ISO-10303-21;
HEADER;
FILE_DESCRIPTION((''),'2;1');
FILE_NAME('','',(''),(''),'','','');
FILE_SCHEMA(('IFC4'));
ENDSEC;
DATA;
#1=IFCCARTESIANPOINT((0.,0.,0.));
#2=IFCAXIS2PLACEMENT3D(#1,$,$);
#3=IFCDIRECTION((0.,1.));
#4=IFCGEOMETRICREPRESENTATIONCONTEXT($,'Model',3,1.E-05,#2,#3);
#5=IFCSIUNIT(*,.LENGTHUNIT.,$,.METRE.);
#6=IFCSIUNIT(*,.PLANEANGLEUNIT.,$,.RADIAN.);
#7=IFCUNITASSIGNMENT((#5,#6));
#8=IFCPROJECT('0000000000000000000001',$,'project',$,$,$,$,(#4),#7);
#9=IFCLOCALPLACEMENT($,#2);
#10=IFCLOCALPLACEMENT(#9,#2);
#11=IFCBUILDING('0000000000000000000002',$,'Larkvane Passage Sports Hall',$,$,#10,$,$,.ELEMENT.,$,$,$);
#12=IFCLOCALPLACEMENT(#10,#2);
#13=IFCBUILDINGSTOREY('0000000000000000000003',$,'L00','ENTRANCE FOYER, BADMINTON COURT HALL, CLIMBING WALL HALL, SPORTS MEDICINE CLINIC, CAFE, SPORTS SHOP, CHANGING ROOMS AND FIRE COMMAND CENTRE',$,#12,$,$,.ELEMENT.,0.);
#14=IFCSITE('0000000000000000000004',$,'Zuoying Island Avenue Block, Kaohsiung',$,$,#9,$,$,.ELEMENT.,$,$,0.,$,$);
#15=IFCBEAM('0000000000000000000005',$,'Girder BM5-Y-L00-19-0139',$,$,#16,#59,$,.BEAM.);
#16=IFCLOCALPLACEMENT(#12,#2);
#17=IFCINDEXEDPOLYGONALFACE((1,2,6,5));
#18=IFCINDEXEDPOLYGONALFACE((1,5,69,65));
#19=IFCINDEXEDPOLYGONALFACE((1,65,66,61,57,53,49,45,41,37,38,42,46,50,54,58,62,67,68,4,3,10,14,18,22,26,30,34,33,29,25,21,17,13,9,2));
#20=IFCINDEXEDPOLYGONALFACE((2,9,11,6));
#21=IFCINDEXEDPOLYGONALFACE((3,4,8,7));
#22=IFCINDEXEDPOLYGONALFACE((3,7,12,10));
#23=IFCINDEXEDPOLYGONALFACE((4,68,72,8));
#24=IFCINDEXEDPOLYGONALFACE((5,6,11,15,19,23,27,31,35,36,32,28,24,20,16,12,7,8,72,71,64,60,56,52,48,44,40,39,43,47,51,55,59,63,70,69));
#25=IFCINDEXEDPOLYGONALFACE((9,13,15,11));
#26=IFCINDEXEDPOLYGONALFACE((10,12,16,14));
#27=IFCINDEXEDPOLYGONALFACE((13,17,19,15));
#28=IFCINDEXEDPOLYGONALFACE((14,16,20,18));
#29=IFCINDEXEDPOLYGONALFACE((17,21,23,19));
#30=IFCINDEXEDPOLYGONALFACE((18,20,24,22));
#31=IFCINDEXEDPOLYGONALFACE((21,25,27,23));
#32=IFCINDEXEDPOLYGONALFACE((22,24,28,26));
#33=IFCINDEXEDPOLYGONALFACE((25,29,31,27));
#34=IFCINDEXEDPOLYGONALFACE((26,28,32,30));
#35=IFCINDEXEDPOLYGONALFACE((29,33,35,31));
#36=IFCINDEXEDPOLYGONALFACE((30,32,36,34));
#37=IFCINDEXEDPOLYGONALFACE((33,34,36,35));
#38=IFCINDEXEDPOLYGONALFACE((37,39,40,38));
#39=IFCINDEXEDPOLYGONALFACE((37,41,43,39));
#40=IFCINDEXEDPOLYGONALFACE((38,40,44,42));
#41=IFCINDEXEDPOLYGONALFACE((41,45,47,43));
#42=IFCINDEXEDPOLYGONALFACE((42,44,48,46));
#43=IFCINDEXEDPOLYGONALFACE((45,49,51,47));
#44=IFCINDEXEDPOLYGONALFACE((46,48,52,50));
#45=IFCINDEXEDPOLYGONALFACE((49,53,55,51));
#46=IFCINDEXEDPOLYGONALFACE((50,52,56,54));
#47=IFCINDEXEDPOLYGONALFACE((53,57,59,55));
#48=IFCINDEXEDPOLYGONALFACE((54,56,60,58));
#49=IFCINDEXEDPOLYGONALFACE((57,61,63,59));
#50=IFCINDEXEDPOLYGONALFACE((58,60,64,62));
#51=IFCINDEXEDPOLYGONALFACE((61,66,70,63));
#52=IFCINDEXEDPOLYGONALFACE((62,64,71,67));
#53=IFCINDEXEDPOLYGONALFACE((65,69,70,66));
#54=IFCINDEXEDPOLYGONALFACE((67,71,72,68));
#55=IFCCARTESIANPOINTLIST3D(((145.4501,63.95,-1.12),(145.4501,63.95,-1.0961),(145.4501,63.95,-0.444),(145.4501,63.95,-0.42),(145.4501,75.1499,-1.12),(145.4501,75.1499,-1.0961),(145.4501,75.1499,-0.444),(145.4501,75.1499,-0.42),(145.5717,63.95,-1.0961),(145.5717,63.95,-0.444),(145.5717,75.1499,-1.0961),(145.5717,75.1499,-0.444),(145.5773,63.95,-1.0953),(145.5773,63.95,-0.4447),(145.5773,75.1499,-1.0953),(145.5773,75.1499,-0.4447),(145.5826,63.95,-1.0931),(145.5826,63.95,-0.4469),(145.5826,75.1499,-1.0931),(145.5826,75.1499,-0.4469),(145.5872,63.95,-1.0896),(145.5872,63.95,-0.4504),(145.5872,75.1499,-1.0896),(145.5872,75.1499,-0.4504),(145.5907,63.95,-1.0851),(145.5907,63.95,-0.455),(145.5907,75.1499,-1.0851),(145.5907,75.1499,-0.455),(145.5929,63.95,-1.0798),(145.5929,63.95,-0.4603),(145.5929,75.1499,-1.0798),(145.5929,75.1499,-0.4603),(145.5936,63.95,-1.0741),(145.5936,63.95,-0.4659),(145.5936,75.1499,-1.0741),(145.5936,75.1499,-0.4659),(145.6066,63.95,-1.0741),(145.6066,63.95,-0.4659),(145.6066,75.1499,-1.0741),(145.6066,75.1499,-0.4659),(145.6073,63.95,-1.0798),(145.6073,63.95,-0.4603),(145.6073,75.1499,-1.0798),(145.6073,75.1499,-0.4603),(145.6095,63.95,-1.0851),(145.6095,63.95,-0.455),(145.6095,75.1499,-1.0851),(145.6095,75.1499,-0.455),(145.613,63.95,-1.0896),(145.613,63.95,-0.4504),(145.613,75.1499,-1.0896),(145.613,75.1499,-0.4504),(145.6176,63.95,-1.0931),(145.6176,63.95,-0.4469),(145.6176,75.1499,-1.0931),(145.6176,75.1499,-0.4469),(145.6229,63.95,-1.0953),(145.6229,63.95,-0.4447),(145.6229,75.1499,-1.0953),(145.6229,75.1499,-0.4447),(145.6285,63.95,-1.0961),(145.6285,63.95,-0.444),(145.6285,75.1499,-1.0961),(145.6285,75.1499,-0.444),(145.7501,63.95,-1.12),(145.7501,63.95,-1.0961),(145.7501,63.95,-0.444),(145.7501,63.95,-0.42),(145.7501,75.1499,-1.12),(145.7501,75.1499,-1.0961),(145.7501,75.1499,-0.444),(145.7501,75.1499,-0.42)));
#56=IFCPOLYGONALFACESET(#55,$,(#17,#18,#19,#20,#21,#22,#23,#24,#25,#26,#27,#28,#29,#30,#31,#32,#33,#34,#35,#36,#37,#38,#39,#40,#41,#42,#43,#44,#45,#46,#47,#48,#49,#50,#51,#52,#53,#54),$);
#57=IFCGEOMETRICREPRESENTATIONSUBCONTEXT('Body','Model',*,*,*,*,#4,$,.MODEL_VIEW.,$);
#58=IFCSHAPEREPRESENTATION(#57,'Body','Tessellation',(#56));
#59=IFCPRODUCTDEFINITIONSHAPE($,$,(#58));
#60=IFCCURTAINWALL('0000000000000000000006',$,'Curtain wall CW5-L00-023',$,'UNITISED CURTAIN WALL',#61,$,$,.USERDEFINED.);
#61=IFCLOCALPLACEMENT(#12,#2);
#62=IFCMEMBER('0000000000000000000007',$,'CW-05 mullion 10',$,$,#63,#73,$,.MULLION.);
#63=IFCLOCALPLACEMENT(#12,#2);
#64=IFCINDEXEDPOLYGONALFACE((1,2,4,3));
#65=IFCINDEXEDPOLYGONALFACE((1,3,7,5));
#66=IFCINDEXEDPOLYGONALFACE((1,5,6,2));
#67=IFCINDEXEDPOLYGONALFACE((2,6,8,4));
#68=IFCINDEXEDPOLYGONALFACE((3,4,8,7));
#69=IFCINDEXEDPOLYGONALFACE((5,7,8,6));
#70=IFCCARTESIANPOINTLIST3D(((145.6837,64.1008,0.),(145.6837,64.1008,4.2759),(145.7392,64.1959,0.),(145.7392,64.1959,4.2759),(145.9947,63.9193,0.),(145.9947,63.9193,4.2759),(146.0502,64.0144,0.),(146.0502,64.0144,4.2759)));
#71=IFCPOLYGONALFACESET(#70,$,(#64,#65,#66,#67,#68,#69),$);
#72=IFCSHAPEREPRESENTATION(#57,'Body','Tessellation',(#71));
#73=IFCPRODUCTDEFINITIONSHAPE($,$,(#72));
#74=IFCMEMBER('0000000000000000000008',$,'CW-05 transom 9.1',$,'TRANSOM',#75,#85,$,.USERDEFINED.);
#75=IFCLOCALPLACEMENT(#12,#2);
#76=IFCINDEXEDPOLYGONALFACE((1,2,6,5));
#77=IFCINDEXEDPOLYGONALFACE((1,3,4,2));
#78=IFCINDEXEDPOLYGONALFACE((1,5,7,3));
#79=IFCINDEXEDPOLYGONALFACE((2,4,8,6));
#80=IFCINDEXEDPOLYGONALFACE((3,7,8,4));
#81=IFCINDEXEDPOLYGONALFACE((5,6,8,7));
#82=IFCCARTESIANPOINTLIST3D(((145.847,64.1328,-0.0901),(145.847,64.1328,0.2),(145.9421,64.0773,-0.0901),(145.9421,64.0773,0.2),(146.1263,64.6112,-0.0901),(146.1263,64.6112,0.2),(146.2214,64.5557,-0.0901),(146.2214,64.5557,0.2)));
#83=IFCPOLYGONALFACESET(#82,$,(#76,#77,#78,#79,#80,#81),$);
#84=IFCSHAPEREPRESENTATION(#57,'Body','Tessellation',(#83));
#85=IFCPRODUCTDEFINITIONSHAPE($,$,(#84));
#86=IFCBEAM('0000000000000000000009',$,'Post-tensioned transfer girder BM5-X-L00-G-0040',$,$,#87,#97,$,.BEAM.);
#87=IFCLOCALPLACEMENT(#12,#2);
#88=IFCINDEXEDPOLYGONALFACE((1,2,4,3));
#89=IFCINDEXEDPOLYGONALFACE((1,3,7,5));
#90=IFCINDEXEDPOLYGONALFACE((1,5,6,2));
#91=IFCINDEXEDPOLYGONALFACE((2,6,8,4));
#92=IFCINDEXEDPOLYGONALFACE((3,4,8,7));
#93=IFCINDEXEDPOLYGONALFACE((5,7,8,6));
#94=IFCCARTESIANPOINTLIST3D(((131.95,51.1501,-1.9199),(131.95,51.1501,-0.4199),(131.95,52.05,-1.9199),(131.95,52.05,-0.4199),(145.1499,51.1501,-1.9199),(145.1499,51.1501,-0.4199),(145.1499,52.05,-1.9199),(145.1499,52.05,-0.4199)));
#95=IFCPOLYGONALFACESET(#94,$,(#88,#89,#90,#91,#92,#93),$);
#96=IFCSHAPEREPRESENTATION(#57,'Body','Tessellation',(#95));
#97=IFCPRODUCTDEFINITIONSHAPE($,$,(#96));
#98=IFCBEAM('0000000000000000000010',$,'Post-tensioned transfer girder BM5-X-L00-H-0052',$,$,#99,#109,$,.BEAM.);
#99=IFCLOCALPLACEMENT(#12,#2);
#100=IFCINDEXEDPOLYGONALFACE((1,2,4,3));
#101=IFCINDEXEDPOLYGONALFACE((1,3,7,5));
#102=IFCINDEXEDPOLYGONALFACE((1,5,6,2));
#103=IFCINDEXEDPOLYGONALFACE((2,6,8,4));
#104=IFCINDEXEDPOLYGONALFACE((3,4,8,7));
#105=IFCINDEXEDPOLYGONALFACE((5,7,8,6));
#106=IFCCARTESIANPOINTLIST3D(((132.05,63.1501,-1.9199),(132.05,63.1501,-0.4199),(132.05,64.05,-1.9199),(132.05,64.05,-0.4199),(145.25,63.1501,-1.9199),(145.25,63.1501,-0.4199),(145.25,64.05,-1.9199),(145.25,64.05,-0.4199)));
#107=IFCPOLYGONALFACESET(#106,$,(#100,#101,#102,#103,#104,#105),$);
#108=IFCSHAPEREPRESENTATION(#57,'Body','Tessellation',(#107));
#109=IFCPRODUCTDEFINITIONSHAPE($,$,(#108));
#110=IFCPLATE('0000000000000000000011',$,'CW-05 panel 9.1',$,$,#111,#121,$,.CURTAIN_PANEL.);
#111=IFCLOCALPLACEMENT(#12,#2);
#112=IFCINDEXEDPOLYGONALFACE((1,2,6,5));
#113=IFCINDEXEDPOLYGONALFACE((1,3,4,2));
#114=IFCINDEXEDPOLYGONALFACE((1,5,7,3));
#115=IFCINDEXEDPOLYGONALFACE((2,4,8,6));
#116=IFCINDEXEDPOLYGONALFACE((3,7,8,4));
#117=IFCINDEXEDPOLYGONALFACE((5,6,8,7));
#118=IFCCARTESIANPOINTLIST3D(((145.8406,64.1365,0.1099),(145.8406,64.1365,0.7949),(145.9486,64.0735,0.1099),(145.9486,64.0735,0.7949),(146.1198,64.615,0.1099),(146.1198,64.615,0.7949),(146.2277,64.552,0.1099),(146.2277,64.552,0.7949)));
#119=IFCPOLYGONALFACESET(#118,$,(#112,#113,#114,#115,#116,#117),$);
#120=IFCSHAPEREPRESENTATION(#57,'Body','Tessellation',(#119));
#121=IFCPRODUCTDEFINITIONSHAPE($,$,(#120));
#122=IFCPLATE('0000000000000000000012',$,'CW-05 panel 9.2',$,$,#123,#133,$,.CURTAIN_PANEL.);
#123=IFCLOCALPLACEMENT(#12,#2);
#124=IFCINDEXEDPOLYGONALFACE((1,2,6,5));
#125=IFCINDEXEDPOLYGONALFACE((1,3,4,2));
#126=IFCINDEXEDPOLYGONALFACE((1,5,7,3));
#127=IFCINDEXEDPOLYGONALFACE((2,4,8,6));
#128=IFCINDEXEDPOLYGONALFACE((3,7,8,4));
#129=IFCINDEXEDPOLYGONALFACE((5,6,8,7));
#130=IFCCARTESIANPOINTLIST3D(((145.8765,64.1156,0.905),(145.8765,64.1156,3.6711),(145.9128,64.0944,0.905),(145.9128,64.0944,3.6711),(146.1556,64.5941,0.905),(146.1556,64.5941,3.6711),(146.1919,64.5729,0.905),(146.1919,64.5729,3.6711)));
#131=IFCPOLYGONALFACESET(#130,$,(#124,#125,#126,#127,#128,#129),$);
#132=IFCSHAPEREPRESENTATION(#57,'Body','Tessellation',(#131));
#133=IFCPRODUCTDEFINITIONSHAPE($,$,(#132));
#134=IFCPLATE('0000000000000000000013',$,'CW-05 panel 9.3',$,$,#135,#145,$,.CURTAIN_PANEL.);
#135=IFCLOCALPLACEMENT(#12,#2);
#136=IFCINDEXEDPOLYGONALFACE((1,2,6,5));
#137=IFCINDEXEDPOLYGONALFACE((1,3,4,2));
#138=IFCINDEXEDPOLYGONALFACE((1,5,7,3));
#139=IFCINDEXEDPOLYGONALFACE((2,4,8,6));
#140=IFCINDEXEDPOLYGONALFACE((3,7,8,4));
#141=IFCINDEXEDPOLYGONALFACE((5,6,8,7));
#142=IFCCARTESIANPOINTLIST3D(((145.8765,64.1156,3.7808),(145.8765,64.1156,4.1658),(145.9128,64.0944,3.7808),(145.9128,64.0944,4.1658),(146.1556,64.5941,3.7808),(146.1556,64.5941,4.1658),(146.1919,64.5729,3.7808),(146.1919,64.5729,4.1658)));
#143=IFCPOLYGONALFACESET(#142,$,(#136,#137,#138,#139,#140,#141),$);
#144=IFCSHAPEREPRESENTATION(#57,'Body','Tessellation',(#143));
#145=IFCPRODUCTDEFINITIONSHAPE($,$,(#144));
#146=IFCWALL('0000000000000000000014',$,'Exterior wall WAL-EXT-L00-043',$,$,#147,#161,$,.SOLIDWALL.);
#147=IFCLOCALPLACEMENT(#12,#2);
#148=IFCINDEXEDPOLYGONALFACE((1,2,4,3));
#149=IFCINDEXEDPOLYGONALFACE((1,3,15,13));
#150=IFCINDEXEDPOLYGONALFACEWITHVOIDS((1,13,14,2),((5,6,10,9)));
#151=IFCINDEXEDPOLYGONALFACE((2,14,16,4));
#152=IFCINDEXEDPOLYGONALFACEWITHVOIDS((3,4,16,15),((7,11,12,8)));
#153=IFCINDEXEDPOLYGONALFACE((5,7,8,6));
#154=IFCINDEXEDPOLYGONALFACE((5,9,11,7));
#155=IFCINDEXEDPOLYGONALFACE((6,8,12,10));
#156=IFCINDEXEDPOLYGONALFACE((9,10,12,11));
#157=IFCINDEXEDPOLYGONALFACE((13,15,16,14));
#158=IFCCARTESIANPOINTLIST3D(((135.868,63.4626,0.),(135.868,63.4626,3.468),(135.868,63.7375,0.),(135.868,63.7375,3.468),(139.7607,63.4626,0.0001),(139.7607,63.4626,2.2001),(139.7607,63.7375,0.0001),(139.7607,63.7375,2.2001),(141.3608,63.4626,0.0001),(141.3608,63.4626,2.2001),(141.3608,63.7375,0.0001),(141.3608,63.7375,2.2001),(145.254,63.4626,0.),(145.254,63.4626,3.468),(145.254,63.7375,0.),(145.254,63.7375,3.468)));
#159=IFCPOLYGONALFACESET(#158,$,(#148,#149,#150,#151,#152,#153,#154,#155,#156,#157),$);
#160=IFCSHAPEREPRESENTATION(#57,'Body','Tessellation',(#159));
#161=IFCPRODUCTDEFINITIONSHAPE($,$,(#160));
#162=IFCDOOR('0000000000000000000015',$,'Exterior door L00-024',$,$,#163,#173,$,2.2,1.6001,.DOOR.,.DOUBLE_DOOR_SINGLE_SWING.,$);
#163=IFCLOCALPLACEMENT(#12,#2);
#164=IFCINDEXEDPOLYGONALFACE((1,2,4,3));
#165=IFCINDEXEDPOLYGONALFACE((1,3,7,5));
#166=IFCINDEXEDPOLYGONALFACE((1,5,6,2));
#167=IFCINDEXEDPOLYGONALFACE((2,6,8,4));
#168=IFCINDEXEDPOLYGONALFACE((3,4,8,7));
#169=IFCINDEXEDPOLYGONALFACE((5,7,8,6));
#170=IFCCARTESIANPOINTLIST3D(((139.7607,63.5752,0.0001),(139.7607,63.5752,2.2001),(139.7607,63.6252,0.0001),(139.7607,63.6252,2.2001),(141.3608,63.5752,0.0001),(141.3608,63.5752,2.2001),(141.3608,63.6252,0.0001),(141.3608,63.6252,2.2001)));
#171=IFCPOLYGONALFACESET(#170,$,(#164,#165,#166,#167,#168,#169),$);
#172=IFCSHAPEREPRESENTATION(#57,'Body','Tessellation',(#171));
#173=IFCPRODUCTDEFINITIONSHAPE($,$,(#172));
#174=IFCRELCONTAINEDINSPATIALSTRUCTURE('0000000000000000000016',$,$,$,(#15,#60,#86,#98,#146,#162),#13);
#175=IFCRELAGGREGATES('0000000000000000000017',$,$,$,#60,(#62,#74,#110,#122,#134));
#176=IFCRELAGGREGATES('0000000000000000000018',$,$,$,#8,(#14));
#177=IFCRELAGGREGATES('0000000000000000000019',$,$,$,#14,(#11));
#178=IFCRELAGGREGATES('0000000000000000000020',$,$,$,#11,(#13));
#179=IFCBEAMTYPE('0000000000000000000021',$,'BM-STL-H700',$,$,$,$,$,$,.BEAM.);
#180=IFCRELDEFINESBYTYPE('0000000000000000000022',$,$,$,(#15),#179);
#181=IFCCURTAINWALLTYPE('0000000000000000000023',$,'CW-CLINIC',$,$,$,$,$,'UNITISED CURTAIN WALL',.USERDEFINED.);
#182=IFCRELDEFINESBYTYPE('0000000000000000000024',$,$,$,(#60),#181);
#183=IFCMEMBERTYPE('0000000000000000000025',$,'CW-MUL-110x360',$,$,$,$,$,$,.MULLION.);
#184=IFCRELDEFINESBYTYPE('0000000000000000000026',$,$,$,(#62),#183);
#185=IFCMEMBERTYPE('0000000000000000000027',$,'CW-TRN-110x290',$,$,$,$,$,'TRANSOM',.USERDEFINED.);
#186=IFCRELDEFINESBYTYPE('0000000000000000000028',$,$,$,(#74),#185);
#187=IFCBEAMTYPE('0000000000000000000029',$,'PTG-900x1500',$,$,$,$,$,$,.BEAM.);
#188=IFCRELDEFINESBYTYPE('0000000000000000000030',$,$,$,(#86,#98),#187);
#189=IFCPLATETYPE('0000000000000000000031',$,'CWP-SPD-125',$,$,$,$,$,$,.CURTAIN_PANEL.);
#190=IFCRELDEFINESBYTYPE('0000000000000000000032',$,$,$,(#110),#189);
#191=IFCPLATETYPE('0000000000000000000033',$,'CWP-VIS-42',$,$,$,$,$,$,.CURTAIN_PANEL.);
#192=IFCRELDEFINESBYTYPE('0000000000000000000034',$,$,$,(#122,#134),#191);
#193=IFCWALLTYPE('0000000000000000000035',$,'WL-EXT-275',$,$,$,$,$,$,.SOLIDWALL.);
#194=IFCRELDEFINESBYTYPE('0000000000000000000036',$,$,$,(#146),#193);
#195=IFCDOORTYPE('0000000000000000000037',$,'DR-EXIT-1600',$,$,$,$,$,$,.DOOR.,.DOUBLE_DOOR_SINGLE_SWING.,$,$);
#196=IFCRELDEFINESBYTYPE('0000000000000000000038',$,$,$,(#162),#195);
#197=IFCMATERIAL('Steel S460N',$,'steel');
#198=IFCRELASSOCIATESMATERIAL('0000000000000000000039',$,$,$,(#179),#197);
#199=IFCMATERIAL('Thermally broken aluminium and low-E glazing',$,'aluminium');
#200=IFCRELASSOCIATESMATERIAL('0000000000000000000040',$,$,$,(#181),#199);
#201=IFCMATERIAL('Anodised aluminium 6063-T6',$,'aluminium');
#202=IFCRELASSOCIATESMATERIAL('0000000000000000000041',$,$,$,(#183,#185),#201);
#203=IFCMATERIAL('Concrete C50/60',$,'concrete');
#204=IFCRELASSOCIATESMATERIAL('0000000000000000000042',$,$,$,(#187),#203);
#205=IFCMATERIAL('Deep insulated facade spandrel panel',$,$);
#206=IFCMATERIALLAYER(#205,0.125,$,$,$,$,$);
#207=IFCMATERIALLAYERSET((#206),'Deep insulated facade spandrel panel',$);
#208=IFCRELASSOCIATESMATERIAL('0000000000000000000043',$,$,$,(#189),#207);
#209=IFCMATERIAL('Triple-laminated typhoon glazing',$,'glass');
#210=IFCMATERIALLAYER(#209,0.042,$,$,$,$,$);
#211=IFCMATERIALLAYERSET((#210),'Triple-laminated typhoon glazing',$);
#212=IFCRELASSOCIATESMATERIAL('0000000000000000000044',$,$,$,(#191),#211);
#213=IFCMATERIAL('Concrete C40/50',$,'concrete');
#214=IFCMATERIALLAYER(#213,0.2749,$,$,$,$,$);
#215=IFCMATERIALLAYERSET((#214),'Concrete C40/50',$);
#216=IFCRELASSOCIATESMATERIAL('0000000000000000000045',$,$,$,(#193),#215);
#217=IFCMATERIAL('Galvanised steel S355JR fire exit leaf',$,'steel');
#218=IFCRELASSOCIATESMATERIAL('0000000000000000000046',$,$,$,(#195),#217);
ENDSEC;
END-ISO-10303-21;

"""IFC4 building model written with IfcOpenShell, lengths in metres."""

from ifc_helpers import new_model, si_unit, direction, frame, frame_2d, origin, origin_2d, place, context, subcontext, project, spatial, rectangle, i_section, extrude, material, layer, layer_set, material_profile, profile_set, type_object, element, fill, aggregate, save


model = new_model("IFC4")

# Units and contexts
model_context = context("Model", 3, precision=1e-05, world=origin(), true_north=direction((0.0, 1.0)))
body_context = subcontext(model_context, "Body", "Model", "MODEL_VIEW")
ifc_project = project(units=[si_unit("LENGTHUNIT", "METRE"), si_unit("PLANEANGLEUNIT", "RADIAN")], contexts=[model_context])

# Site, building, storey
site_placement = place(None, origin())
site = spatial("IfcSite", under=ifc_project, at=site_placement, Name="Zuoying Island Avenue Block, Kaohsiung", CompositionType="ELEMENT", RefElevation=0.0)
building_placement = place(site_placement, origin())
building = spatial("IfcBuilding", under=site, at=building_placement, Name="Larkvane Passage Sports Hall", CompositionType="ELEMENT")
storey_placement = place(building_placement, origin())
storey = spatial("IfcBuildingStorey", under=building, at=storey_placement, Name="L00", Description="ENTRANCE FOYER, BADMINTON COURT HALL, CLIMBING WALL HALL, SPORTS MEDICINE CLINIC, CAFE, SPORTS SHOP, CHANGING ROOMS AND FIRE COMMAND CENTRE", CompositionType="ELEMENT", Elevation=0.0)

# Shared definitions
ifc_material_1 = material(Name="Steel S460N", Category="steel")

# Beam
ifc_material_profile_1 = material_profile(ifc_material_1, i_section(OverallWidth=0.3, OverallDepth=0.7, WebThickness=0.0129, FlangeThickness=0.0239, FilletRadius=0.022, at=origin_2d()), Name="H-700x300x13x24")
ifc_profile_set_1 = profile_set([ifc_material_profile_1], Name="Steel S460N")
beam_type_1 = type_object("IfcBeamType", Name="BM-STL-H700", PredefinedType="BEAM", material=ifc_profile_set_1)
beam_1_placement = place(storey_placement, frame((145.6001, 63.95, -0.77), z_axis=(0.0, 1.0, 0.0), x_axis=(-1.0, 0.0, 0.0)))
element("IfcBeam", 1, at=beam_1_placement, inside=storey, type_object=beam_type_1, Name="Girder BM5-Y-L00-19-0139", PredefinedType="BEAM", context=body_context, shape_type="SweptSolid", body=[
    extrude(i_section(OverallWidth=0.3, OverallDepth=0.7, WebThickness=0.0129, FlangeThickness=0.0239, FilletRadius=0.022, at=origin_2d()), origin(), (0.0, 0.0, 1.0), 11.2),
])

# Curtain wall, members
ifc_material_2 = material(Name="Thermally broken aluminium and low-E glazing", Category="aluminium")
curtain_wall_type = type_object("IfcCurtainWallType", Name="CW-CLINIC", ElementType="UNITISED CURTAIN WALL", PredefinedType="USERDEFINED", material=ifc_material_2)
curtain_wall_placement = place(storey_placement, origin())
curtain_wall = element("IfcCurtainWall", 2, at=curtain_wall_placement, inside=storey, type_object=curtain_wall_type, Name="Curtain wall CW5-L00-023", ObjectType="UNITISED CURTAIN WALL", PredefinedType="USERDEFINED")
ifc_material_3 = material(Name="Anodised aluminium 6063-T6", Category="aluminium")
ifc_material_profile_2 = material_profile(ifc_material_3, rectangle(XDim=0.1101, YDim=0.3601, at=origin_2d()), Name="ALU-MUL-110x360")
ifc_profile_set_2 = profile_set([ifc_material_profile_2], Name="Anodised aluminium 6063-T6")
member_type_1 = type_object("IfcMemberType", Name="CW-MUL-110x360", PredefinedType="MULLION", material=ifc_profile_set_2)
member_1_placement = place(storey_placement, frame((145.8669, 64.0576, 0.0), z_axis=(0.0, 0.0, 1.0), x_axis=(-0.503867, -0.863781, 0.0)))
member_1 = element("IfcMember", 3, at=member_1_placement, type_object=member_type_1, Name="CW-05 mullion 10", PredefinedType="MULLION", context=body_context, shape_type="SweptSolid", body=[
    extrude(rectangle(XDim=0.1101, YDim=0.3601, at=origin_2d()), origin(), (0.0, 0.0, 1.0), 4.2759),
])
ifc_material_profile_3 = material_profile(ifc_material_3, rectangle(XDim=0.1101, YDim=0.29, at=origin_2d()), Name="ALU-TRN-110x290")
ifc_profile_set_3 = profile_set([ifc_material_profile_3], Name="Anodised aluminium 6063-T6")
member_type_2 = type_object("IfcMemberType", Name="CW-TRN-110x290", ElementType="TRANSOM", PredefinedType="USERDEFINED", material=ifc_profile_set_3)
member_2_placement = place(storey_placement, frame((146.1738, 64.5835, 0.0549), z_axis=(-0.50409, -0.863651, 0.0), x_axis=(0.863651, -0.50409, 0.0)))
member_2 = element("IfcMember", 4, at=member_2_placement, type_object=member_type_2, Name="CW-05 transom 9.1", ObjectType="TRANSOM", PredefinedType="USERDEFINED", context=body_context, shape_type="SweptSolid", body=[
    extrude(rectangle(XDim=0.1101, YDim=0.29, at=origin_2d()), origin(), (0.0, 0.0, 1.0), 0.554),
])

# Beams
ifc_material_4 = material(Name="Concrete C50/60", Category="concrete")
ifc_material_profile_4 = material_profile(ifc_material_4, rectangle(XDim=0.8999, YDim=1.5, at=origin_2d()), Name="PT-GIR-900x1500")
ifc_profile_set_4 = profile_set([ifc_material_profile_4], Name="Concrete C50/60")
beam_type_2 = type_object("IfcBeamType", Name="PTG-900x1500", PredefinedType="BEAM", material=ifc_profile_set_4)
for number, where, z_axis, x_axis, name in (
    (5, (131.95, 51.6001, -1.1699), (1.0, 0.0, 0.0), (0.0, 1.0, 0.0), "Post-tensioned transfer girder BM5-X-L00-G-0040"),
    (6, (132.05, 63.6001, -1.1699), (1.0, 0.0, 0.0), (0.0, 1.0, 0.0), "Post-tensioned transfer girder BM5-X-L00-H-0052"),
):
    element("IfcBeam", number, at=place(storey_placement, frame(where, z_axis=z_axis, x_axis=x_axis)), inside=storey, type_object=beam_type_2, Name=name, PredefinedType="BEAM", context=body_context, shape_type="SweptSolid", body=[
        extrude(rectangle(XDim=0.8999, YDim=1.5, at=origin_2d()), origin(), (0.0, 0.0, 1.0), 13.2),
    ])

# Plates
ifc_material_5 = material(Name="Deep insulated facade spandrel panel")
ifc_layer_1 = layer(ifc_material_5, 0.125)
ifc_layer_set_1 = layer_set([ifc_layer_1], Name="Deep insulated facade spandrel panel")
plate_type_1 = type_object("IfcPlateType", Name="CWP-SPD-125", PredefinedType="CURTAIN_PANEL", material=ifc_layer_set_1)
plate_1_placement = place(storey_placement, frame((146.0342, 64.3442, 0.1099), z_axis=(0.0, 0.0, 1.0), x_axis=(-0.503867, -0.863781, 0.0)))
plate_1 = element("IfcPlate", 7, at=plate_1_placement, type_object=plate_type_1, Name="CW-05 panel 9.1", PredefinedType="CURTAIN_PANEL", context=body_context, shape_type="SweptSolid", body=[
    extrude(rectangle(XDim=0.554, YDim=0.125, at=origin_2d()), origin(), (0.0, 0.0, 1.0), 0.6851),
])
ifc_material_6 = material(Name="Triple-laminated typhoon glazing", Category="glass")
ifc_layer_2 = layer(ifc_material_6, 0.042)
ifc_layer_set_2 = layer_set([ifc_layer_2], Name="Triple-laminated typhoon glazing")
plate_type_2 = type_object("IfcPlateType", Name="CWP-VIS-42", PredefinedType="CURTAIN_PANEL", material=ifc_layer_set_2)
plate_2_placement = place(storey_placement, frame((146.0342, 64.3442, 0.905), z_axis=(0.0, 0.0, 1.0), x_axis=(-0.503867, -0.863781, 0.0)))
plate_2 = element("IfcPlate", 8, at=plate_2_placement, type_object=plate_type_2, Name="CW-05 panel 9.2", PredefinedType="CURTAIN_PANEL", context=body_context, shape_type="SweptSolid", body=[
    extrude(rectangle(XDim=0.554, YDim=0.042, at=origin_2d()), origin(), (0.0, 0.0, 1.0), 2.7661),
])
plate_3_placement = place(storey_placement, frame((146.0342, 64.3442, 3.7808), z_axis=(0.0, 0.0, 1.0), x_axis=(-0.503867, -0.863781, 0.0)))
plate_3 = element("IfcPlate", 9, at=plate_3_placement, type_object=plate_type_2, Name="CW-05 panel 9.3", PredefinedType="CURTAIN_PANEL", context=body_context, shape_type="SweptSolid", body=[
    extrude(rectangle(XDim=0.554, YDim=0.042, at=origin_2d()), origin(), (0.0, 0.0, 1.0), 0.385),
])
aggregate(curtain_wall, [member_1, member_2, plate_1, plate_2, plate_3])

# Wall, opening, door
ifc_material_7 = material(Name="Concrete C40/50", Category="concrete")
ifc_layer_3 = layer(ifc_material_7, 0.2749)
ifc_layer_set_3 = layer_set([ifc_layer_3], Name="Concrete C40/50")
wall_type_1 = type_object("IfcWallType", Name="WL-EXT-275", PredefinedType="SOLIDWALL", material=ifc_layer_set_3)
wall_1_placement = place(storey_placement, frame((145.2539, 63.6001, 0.0), z_axis=(0.0, 0.0, 1.0), x_axis=(-1.0, 0.0, 0.0)))
wall_1 = element("IfcWall", 10, at=wall_1_placement, inside=storey, type_object=wall_type_1, Name="Exterior wall WAL-EXT-L00-043", PredefinedType="SOLIDWALL", context=body_context, shape_type="SweptSolid", body=[
    extrude(rectangle(XDim=9.386, YDim=0.2749, at=frame_2d((4.6929, 0.0))), origin(), (0.0, 0.0, 1.0), 3.468),
])
opening_1_placement = place(wall_1_placement, frame((3.8931, 0.0, 0.0)))
opening_1 = element("IfcOpeningElement", 11, at=opening_1_placement, cuts=wall_1, PredefinedType="OPENING", context=body_context, shape_type="SweptSolid", body=[
    extrude(rectangle(XDim=1.6001, YDim=2.2, at=frame_2d((0.8, 1.1001))), frame((0.0, 0.1475, 0.0), z_axis=(0.0, -1.0, 0.0), x_axis=(1.0, 0.0, 0.0)), (0.0, 0.0, 1.0), 0.2949),
])
ifc_material_8 = material(Name="Galvanised steel S355JR fire exit leaf", Category="steel")
door_type_1 = type_object("IfcDoorType", Name="DR-EXIT-1600", OperationType="DOUBLE_DOOR_SINGLE_SWING", PredefinedType="DOOR", material=ifc_material_8)
door_1_placement = place(opening_1_placement, origin())
door_1 = element("IfcDoor", 12, at=door_1_placement, inside=storey, type_object=door_type_1, Name="Exterior door L00-024", OperationType="DOUBLE_DOOR_SINGLE_SWING", OverallHeight=2.2, OverallWidth=1.6001, PredefinedType="DOOR", context=body_context, shape_type="SweptSolid", body=[
    extrude(rectangle(XDim=1.6001, YDim=2.2, at=frame_2d((0.8, 1.1001))), frame((0.0, 0.0249, 0.0), z_axis=(0.0, -1.0, 0.0), x_axis=(1.0, 0.0, 0.0)), (0.0, 0.0, 1.0), 0.05),
])
fill(opening_1, door_1)

save(model, "model.ifc")
